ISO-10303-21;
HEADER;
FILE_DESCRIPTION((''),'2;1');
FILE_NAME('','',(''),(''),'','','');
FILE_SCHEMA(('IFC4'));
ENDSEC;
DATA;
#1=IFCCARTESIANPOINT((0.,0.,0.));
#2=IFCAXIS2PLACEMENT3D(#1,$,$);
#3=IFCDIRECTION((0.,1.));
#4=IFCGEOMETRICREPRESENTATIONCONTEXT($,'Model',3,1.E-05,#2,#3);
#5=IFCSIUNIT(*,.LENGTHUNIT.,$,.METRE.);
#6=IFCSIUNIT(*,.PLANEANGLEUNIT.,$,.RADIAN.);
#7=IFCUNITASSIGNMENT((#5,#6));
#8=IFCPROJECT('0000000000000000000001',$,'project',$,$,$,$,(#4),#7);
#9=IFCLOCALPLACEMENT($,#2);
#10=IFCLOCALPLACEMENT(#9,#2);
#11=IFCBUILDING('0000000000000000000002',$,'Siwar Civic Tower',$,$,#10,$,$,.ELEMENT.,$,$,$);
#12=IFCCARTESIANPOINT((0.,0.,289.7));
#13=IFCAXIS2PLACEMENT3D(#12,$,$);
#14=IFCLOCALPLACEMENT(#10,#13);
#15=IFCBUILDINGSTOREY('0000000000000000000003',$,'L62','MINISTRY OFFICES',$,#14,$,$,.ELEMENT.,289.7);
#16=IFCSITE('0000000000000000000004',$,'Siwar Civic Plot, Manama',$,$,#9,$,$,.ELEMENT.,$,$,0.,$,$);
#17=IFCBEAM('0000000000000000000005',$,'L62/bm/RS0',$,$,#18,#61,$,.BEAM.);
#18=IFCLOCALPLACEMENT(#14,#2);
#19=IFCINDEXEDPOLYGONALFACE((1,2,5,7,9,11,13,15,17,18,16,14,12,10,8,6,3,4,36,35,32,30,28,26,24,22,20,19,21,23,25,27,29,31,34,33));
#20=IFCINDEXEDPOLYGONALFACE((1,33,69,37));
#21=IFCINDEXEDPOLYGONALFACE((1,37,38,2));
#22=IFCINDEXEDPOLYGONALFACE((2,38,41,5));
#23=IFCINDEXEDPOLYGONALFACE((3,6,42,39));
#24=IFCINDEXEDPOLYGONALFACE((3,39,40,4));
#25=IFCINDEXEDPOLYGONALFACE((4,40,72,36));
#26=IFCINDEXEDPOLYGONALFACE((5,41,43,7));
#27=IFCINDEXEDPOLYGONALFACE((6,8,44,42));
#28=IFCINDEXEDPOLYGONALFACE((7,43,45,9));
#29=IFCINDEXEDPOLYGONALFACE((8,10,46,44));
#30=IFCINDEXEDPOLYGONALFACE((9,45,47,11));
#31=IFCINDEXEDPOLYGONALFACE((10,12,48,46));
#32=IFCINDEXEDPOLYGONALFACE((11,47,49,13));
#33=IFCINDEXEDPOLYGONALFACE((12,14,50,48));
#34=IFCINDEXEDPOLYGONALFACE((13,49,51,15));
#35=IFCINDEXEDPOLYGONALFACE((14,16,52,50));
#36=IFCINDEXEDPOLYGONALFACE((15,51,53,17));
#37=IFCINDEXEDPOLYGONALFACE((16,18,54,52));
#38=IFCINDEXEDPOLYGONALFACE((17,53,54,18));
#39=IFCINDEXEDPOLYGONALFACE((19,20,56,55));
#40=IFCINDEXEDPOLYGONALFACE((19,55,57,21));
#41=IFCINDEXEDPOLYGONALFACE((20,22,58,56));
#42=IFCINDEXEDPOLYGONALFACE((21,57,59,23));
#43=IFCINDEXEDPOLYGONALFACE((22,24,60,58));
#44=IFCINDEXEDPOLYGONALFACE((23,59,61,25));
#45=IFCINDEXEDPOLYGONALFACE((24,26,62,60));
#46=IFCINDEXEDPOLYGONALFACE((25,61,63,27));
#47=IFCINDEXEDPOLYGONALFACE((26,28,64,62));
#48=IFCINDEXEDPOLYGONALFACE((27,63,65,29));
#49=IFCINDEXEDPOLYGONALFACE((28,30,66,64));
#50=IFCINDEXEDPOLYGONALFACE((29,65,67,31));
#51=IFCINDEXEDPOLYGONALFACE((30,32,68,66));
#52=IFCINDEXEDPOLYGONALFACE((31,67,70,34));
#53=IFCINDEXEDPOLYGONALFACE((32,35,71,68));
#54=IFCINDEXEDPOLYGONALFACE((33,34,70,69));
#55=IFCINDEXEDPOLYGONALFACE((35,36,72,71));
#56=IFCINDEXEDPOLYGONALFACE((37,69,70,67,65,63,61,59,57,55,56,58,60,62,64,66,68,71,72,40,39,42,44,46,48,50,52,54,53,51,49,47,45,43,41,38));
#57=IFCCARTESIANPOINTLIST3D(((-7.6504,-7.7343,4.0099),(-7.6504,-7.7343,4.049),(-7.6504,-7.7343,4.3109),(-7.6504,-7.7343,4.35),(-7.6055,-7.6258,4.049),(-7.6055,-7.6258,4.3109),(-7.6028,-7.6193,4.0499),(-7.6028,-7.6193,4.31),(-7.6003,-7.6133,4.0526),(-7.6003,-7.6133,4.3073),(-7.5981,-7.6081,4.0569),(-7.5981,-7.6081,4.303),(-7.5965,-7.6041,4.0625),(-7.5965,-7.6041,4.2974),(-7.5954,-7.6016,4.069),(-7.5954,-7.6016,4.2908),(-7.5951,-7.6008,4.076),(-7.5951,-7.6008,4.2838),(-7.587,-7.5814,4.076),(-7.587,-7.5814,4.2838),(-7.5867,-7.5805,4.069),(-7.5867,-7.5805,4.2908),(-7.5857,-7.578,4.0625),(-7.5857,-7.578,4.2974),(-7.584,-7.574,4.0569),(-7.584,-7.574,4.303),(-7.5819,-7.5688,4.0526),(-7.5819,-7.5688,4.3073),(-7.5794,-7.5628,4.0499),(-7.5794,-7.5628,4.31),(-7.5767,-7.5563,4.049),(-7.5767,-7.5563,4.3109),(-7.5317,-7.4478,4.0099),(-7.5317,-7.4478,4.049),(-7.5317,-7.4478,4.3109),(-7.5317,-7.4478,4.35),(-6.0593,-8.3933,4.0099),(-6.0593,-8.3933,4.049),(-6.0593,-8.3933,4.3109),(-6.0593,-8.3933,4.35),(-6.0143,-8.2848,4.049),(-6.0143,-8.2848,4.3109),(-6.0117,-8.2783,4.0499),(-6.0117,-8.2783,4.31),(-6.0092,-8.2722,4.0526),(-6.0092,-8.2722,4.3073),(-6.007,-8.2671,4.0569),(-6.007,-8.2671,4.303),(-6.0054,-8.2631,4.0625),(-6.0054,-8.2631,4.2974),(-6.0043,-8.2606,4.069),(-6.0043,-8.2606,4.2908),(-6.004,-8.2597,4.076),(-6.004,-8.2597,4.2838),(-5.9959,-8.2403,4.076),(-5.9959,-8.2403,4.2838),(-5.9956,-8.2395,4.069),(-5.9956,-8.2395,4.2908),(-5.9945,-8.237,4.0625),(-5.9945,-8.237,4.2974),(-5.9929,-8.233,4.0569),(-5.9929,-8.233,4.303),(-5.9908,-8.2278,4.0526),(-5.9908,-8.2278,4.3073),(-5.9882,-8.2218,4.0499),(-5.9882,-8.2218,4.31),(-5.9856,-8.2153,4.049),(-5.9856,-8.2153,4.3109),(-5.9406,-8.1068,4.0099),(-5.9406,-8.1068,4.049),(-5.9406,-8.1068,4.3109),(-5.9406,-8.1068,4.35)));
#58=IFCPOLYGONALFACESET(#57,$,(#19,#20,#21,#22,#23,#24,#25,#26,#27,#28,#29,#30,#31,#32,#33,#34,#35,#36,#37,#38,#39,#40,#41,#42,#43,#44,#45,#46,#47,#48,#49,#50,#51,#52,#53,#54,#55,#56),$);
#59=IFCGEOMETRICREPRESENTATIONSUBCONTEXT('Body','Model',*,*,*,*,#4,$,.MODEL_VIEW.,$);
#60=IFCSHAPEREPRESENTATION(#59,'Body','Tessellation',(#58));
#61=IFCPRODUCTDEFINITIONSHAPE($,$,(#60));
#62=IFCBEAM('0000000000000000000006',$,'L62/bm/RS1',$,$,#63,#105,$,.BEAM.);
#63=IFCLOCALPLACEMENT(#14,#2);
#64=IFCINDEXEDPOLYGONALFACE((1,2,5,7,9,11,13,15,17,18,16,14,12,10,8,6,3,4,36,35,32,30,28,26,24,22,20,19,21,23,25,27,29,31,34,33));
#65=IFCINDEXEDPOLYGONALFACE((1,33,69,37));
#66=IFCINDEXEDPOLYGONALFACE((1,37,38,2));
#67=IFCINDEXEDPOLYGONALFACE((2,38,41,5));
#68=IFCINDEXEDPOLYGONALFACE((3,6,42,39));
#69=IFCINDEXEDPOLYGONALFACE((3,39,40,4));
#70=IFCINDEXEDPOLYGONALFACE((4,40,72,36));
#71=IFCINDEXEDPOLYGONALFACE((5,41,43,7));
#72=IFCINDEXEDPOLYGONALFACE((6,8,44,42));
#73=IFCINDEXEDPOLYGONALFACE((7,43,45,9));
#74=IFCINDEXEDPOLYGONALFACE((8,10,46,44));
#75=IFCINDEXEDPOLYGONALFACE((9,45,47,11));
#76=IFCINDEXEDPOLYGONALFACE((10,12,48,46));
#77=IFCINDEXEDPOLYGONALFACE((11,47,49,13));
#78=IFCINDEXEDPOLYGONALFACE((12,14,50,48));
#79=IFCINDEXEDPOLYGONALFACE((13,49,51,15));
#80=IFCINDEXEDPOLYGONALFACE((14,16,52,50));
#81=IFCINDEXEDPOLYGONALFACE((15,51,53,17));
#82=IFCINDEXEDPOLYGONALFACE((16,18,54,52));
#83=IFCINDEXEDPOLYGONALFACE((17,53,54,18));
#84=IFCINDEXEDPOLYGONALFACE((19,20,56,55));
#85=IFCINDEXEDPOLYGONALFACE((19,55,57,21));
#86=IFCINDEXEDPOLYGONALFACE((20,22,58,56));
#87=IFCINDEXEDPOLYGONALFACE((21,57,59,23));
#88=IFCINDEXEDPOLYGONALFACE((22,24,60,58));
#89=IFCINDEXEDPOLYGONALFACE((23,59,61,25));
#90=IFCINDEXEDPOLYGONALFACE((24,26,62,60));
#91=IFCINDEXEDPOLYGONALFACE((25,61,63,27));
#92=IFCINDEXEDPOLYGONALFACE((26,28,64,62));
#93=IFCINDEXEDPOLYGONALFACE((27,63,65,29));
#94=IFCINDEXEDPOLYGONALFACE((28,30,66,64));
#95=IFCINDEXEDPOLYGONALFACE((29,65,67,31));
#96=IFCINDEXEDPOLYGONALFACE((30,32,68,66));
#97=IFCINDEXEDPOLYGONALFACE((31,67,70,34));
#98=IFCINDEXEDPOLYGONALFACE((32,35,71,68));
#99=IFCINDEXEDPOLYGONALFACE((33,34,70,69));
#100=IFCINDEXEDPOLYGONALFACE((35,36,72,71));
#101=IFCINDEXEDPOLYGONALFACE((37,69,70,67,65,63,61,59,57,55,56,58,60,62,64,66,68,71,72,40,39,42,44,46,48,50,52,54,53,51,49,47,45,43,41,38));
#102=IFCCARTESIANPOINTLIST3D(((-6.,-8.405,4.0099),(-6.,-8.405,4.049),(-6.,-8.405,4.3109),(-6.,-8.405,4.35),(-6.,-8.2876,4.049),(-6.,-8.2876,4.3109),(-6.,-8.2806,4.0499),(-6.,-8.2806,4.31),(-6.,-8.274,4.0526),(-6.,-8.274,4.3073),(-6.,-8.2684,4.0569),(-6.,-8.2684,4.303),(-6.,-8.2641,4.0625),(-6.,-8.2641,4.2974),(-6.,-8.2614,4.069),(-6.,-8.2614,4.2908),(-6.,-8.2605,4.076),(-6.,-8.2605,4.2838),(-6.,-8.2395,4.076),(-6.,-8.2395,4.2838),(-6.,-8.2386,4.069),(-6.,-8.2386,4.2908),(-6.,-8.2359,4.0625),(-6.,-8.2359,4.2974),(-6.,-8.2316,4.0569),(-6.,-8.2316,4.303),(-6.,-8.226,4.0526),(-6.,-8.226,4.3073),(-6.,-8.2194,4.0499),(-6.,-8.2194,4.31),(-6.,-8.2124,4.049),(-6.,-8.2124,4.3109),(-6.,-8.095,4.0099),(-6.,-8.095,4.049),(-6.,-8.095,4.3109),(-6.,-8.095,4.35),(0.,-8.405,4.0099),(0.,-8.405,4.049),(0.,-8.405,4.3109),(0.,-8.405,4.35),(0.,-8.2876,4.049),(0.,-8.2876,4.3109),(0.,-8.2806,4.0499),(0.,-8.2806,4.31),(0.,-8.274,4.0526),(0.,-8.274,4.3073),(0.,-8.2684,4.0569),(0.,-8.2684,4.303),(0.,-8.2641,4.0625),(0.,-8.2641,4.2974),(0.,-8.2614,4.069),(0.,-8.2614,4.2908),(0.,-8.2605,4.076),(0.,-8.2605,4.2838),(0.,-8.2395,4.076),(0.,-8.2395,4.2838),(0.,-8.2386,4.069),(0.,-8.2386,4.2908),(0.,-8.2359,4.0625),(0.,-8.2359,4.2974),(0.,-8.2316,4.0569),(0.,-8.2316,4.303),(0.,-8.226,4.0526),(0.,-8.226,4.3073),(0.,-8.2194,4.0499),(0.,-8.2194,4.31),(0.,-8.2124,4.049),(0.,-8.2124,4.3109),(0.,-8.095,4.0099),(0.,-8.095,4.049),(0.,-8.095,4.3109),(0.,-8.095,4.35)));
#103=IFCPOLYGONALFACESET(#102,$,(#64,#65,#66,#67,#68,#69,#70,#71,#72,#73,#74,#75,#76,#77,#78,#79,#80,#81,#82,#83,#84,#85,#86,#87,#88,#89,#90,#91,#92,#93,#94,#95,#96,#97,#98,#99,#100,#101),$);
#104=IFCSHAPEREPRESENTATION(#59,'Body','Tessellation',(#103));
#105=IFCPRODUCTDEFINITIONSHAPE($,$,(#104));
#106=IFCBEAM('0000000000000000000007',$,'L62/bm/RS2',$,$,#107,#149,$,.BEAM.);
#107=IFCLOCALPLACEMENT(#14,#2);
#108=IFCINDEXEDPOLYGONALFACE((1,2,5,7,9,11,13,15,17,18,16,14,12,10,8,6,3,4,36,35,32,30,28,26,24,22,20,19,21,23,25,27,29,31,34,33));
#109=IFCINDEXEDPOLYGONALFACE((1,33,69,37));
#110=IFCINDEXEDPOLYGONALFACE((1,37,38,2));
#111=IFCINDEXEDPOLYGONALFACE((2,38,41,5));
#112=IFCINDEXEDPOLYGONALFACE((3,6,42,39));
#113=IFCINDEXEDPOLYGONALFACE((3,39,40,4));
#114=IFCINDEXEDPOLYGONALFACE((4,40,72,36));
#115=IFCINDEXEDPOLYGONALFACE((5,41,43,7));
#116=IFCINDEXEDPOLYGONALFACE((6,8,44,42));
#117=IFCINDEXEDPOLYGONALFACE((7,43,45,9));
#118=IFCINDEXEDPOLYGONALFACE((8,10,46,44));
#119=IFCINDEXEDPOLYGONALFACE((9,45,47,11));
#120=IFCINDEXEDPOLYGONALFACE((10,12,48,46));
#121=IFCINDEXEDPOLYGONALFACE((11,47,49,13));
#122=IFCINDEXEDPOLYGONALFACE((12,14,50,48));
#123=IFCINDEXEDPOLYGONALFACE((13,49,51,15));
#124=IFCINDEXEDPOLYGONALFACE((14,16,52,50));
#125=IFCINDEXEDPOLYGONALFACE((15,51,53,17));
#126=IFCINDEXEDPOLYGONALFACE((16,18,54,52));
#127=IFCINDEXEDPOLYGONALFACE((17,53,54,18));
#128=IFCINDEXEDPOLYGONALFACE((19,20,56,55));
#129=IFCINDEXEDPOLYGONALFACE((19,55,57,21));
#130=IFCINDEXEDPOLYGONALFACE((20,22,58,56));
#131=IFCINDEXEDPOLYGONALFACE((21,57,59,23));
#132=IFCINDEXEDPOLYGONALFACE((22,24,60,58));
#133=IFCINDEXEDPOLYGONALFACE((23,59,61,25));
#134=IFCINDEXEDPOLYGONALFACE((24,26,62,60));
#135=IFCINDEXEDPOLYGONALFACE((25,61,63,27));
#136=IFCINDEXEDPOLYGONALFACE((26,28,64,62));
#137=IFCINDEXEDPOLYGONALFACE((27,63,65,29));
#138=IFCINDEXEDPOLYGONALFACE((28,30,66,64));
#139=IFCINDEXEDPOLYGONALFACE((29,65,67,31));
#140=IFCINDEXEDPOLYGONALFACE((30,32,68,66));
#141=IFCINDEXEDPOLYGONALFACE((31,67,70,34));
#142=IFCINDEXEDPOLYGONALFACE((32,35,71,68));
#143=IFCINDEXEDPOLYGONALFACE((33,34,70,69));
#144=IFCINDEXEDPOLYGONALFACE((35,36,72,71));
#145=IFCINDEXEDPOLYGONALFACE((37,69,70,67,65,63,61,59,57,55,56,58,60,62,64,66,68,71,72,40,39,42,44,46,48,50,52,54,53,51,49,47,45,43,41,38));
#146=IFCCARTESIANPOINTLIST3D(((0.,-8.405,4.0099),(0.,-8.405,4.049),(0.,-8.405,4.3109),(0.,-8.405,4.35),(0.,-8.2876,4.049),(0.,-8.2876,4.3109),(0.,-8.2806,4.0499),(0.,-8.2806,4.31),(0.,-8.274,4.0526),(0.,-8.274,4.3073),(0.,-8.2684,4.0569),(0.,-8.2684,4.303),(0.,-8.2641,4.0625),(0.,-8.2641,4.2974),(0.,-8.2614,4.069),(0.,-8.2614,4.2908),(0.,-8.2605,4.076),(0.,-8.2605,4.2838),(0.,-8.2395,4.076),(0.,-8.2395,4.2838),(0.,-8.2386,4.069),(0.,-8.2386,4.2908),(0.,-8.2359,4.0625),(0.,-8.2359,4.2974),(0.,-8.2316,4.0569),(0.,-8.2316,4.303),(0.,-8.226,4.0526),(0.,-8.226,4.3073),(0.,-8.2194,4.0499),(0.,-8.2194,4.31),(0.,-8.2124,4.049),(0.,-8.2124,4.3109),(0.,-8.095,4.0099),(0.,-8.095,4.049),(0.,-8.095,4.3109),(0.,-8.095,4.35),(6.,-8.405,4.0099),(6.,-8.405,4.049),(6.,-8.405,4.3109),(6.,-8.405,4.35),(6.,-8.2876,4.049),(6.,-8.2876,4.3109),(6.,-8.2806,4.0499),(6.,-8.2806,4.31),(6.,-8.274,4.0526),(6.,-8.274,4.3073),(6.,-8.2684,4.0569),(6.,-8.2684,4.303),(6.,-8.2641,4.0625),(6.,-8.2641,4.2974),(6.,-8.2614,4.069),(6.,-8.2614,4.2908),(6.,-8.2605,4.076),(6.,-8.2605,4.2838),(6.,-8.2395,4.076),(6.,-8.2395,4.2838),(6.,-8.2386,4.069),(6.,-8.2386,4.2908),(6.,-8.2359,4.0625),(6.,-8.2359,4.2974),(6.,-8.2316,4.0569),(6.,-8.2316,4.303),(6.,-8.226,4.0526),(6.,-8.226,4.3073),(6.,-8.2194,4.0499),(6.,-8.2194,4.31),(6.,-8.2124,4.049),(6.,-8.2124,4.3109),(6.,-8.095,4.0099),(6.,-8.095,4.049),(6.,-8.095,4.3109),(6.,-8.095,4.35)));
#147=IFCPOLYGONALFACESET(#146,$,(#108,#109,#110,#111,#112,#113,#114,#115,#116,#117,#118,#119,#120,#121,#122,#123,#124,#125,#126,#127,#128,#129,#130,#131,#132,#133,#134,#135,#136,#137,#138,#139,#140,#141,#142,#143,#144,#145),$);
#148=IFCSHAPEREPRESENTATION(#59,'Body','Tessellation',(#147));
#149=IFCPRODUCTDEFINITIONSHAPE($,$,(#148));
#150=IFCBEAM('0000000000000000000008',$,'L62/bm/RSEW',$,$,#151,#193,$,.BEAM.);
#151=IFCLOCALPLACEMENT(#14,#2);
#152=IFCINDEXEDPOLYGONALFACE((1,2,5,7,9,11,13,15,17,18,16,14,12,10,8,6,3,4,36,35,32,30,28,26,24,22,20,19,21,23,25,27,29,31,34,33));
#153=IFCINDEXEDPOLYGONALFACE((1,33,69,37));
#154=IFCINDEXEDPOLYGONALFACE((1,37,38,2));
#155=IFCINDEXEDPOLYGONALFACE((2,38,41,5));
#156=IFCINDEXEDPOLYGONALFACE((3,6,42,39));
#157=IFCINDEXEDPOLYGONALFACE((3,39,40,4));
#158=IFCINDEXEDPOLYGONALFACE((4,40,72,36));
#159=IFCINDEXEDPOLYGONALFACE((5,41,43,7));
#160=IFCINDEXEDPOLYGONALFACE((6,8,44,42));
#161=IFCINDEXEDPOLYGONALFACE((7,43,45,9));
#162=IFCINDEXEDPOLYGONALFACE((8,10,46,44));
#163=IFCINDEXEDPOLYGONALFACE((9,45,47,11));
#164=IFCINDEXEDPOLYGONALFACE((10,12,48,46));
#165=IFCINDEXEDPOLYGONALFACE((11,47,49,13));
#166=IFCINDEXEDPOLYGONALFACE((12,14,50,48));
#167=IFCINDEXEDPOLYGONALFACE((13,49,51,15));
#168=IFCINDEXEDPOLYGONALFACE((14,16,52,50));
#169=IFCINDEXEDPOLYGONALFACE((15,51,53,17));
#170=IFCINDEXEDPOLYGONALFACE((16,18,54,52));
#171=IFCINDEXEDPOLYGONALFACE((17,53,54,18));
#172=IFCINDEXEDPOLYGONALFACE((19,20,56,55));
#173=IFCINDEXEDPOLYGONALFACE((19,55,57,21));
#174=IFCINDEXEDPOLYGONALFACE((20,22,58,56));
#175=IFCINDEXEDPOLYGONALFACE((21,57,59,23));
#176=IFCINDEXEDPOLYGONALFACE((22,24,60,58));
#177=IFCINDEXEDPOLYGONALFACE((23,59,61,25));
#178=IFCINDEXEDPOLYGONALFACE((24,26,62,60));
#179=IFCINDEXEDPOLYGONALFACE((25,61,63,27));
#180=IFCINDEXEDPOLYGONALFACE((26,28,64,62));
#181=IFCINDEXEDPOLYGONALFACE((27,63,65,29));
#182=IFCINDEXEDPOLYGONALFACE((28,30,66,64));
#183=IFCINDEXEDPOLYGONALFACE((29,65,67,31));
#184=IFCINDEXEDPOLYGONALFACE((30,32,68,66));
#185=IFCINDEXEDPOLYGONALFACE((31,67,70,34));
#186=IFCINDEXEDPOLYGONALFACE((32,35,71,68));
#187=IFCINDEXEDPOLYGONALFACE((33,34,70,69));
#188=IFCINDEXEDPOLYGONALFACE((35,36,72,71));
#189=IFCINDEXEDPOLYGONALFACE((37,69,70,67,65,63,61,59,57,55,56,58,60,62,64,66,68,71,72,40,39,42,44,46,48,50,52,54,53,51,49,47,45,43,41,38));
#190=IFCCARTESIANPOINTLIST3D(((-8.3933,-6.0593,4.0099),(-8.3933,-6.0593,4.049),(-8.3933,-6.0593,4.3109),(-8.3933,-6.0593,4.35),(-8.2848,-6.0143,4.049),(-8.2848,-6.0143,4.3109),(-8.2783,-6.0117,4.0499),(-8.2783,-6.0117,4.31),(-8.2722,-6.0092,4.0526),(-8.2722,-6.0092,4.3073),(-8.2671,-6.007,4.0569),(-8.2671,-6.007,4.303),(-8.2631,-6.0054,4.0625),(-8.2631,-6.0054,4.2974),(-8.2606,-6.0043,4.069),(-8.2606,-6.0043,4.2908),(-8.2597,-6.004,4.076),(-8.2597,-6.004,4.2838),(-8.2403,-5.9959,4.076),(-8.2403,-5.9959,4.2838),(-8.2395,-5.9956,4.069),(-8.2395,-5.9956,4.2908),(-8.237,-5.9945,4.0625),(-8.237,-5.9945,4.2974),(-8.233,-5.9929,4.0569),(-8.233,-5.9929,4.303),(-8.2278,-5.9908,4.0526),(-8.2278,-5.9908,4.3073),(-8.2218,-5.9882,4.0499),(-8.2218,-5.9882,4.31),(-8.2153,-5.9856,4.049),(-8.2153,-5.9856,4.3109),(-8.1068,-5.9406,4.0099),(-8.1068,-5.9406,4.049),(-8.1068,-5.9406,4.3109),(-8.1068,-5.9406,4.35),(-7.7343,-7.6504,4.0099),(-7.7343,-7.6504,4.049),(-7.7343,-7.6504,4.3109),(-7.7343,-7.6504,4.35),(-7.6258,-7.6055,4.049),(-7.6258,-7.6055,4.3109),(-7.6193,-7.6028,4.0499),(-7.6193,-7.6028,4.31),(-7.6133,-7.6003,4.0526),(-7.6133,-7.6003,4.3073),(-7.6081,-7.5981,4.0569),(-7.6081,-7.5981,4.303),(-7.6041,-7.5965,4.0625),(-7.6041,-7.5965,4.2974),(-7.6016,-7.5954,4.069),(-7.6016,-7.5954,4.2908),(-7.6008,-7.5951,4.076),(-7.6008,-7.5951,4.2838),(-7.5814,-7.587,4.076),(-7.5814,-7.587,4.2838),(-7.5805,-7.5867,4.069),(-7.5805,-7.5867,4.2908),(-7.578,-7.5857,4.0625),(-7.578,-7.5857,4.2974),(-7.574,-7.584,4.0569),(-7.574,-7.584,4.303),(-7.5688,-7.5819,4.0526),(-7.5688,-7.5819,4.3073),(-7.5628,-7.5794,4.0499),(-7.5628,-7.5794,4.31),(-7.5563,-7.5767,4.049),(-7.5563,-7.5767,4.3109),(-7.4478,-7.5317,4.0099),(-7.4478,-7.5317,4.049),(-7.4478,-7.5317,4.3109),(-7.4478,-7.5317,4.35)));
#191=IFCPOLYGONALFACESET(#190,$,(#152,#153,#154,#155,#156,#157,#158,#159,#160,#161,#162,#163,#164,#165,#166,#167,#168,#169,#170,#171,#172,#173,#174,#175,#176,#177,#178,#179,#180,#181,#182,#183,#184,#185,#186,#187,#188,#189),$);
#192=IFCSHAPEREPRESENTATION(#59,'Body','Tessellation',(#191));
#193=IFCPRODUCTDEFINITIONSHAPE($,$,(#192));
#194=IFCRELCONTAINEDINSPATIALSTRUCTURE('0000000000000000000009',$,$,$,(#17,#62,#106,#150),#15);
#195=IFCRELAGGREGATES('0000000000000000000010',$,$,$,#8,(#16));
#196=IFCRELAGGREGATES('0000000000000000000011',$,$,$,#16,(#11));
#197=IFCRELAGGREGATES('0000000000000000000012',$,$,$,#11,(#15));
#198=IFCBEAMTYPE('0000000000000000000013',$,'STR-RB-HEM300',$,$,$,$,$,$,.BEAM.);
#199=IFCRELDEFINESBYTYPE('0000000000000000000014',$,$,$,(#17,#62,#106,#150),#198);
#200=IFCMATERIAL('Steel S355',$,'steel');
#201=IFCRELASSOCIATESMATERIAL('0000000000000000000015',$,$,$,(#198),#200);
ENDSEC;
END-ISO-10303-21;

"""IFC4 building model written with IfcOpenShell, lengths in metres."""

from ifc_helpers import new_model, si_unit, direction, frame, origin, origin_2d, place, context, subcontext, project, spatial, i_section, extrude, material, material_profile, profile_set, type_object, element, save


model = new_model("IFC4")

# Units and contexts
model_context = context("Model", 3, precision=1e-05, world=origin(), true_north=direction((0.0, 1.0)))
body_context = subcontext(model_context, "Body", "Model", "MODEL_VIEW")
ifc_project = project(units=[si_unit("LENGTHUNIT", "METRE"), si_unit("PLANEANGLEUNIT", "RADIAN")], contexts=[model_context])

# Site, building, storey
site_placement = place(None, origin())
site = spatial("IfcSite", under=ifc_project, at=site_placement, Name="Siwar Civic Plot, Manama", CompositionType="ELEMENT", RefElevation=0.0)
building_placement = place(site_placement, origin())
building = spatial("IfcBuilding", under=site, at=building_placement, Name="Siwar Civic Tower", CompositionType="ELEMENT")
storey_placement = place(building_placement, frame((0.0, 0.0, 289.7)))
storey = spatial("IfcBuildingStorey", under=building, at=storey_placement, Name="L62", Description="MINISTRY OFFICES", CompositionType="ELEMENT", Elevation=289.7)

# Beams
ifc_material_1 = material(Name="Steel S355", Category="steel")
ifc_material_profile_1 = material_profile(ifc_material_1, i_section(OverallWidth=0.3101, OverallDepth=0.3401, WebThickness=0.021, FlangeThickness=0.0391, FilletRadius=0.0271, at=origin_2d()), Name="HEM300")
ifc_profile_set_1 = profile_set([ifc_material_profile_1], Name="Steel S355")
beam_type_1 = type_object("IfcBeamType", Name="STR-RB-HEM300", PredefinedType="BEAM", material=ifc_profile_set_1)
beam_1_placement = place(storey_placement, frame((-7.5911, -7.5911, 4.1799), z_axis=(0.923901, -0.382631, 0.0), x_axis=(0.382631, 0.923901, 0.0)))
element("IfcBeam", 1, at=beam_1_placement, inside=storey, type_object=beam_type_1, Name="L62/bm/RS0", PredefinedType="BEAM", context=body_context, shape_type="SweptSolid", body=[
    extrude(i_section(OverallWidth=0.3101, OverallDepth=0.3401, WebThickness=0.021, FlangeThickness=0.0391, FilletRadius=0.0271, at=origin_2d()), origin(), (0.0, 0.0, 1.0), 1.7222),
])
for number, where, z_axis, x_axis, name in (
    (2, (-6.0, -8.25, 4.1799), (1.0, 0.0, 0.0), (0.0, 1.0, 0.0), "L62/bm/RS1"),
    (3, (0.0, -8.25, 4.1799), (1.0, 0.0, 0.0), (0.0, 1.0, 0.0), "L62/bm/RS2"),
):
    element("IfcBeam", number, at=place(storey_placement, frame(where, z_axis=z_axis, x_axis=x_axis)), inside=storey, type_object=beam_type_1, Name=name, PredefinedType="BEAM", context=body_context, shape_type="SweptSolid", body=[
        extrude(i_section(OverallWidth=0.3101, OverallDepth=0.3401, WebThickness=0.021, FlangeThickness=0.0391, FilletRadius=0.0271, at=origin_2d()), origin(), (0.0, 0.0, 1.0), 6.0),
    ])
beam_2_placement = place(storey_placement, frame((-7.5911, -7.5911, 4.1799), z_axis=(-0.382631, 0.923901, 0.0), x_axis=(-0.923901, -0.382631, 0.0)))
element("IfcBeam", 4, at=beam_2_placement, inside=storey, type_object=beam_type_1, Name="L62/bm/RSEW", PredefinedType="BEAM", context=body_context, shape_type="SweptSolid", body=[
    extrude(i_section(OverallWidth=0.3101, OverallDepth=0.3401, WebThickness=0.021, FlangeThickness=0.0391, FilletRadius=0.0271, at=origin_2d()), origin(), (0.0, 0.0, 1.0), 1.7222),
])

save(model, "model.ifc")
